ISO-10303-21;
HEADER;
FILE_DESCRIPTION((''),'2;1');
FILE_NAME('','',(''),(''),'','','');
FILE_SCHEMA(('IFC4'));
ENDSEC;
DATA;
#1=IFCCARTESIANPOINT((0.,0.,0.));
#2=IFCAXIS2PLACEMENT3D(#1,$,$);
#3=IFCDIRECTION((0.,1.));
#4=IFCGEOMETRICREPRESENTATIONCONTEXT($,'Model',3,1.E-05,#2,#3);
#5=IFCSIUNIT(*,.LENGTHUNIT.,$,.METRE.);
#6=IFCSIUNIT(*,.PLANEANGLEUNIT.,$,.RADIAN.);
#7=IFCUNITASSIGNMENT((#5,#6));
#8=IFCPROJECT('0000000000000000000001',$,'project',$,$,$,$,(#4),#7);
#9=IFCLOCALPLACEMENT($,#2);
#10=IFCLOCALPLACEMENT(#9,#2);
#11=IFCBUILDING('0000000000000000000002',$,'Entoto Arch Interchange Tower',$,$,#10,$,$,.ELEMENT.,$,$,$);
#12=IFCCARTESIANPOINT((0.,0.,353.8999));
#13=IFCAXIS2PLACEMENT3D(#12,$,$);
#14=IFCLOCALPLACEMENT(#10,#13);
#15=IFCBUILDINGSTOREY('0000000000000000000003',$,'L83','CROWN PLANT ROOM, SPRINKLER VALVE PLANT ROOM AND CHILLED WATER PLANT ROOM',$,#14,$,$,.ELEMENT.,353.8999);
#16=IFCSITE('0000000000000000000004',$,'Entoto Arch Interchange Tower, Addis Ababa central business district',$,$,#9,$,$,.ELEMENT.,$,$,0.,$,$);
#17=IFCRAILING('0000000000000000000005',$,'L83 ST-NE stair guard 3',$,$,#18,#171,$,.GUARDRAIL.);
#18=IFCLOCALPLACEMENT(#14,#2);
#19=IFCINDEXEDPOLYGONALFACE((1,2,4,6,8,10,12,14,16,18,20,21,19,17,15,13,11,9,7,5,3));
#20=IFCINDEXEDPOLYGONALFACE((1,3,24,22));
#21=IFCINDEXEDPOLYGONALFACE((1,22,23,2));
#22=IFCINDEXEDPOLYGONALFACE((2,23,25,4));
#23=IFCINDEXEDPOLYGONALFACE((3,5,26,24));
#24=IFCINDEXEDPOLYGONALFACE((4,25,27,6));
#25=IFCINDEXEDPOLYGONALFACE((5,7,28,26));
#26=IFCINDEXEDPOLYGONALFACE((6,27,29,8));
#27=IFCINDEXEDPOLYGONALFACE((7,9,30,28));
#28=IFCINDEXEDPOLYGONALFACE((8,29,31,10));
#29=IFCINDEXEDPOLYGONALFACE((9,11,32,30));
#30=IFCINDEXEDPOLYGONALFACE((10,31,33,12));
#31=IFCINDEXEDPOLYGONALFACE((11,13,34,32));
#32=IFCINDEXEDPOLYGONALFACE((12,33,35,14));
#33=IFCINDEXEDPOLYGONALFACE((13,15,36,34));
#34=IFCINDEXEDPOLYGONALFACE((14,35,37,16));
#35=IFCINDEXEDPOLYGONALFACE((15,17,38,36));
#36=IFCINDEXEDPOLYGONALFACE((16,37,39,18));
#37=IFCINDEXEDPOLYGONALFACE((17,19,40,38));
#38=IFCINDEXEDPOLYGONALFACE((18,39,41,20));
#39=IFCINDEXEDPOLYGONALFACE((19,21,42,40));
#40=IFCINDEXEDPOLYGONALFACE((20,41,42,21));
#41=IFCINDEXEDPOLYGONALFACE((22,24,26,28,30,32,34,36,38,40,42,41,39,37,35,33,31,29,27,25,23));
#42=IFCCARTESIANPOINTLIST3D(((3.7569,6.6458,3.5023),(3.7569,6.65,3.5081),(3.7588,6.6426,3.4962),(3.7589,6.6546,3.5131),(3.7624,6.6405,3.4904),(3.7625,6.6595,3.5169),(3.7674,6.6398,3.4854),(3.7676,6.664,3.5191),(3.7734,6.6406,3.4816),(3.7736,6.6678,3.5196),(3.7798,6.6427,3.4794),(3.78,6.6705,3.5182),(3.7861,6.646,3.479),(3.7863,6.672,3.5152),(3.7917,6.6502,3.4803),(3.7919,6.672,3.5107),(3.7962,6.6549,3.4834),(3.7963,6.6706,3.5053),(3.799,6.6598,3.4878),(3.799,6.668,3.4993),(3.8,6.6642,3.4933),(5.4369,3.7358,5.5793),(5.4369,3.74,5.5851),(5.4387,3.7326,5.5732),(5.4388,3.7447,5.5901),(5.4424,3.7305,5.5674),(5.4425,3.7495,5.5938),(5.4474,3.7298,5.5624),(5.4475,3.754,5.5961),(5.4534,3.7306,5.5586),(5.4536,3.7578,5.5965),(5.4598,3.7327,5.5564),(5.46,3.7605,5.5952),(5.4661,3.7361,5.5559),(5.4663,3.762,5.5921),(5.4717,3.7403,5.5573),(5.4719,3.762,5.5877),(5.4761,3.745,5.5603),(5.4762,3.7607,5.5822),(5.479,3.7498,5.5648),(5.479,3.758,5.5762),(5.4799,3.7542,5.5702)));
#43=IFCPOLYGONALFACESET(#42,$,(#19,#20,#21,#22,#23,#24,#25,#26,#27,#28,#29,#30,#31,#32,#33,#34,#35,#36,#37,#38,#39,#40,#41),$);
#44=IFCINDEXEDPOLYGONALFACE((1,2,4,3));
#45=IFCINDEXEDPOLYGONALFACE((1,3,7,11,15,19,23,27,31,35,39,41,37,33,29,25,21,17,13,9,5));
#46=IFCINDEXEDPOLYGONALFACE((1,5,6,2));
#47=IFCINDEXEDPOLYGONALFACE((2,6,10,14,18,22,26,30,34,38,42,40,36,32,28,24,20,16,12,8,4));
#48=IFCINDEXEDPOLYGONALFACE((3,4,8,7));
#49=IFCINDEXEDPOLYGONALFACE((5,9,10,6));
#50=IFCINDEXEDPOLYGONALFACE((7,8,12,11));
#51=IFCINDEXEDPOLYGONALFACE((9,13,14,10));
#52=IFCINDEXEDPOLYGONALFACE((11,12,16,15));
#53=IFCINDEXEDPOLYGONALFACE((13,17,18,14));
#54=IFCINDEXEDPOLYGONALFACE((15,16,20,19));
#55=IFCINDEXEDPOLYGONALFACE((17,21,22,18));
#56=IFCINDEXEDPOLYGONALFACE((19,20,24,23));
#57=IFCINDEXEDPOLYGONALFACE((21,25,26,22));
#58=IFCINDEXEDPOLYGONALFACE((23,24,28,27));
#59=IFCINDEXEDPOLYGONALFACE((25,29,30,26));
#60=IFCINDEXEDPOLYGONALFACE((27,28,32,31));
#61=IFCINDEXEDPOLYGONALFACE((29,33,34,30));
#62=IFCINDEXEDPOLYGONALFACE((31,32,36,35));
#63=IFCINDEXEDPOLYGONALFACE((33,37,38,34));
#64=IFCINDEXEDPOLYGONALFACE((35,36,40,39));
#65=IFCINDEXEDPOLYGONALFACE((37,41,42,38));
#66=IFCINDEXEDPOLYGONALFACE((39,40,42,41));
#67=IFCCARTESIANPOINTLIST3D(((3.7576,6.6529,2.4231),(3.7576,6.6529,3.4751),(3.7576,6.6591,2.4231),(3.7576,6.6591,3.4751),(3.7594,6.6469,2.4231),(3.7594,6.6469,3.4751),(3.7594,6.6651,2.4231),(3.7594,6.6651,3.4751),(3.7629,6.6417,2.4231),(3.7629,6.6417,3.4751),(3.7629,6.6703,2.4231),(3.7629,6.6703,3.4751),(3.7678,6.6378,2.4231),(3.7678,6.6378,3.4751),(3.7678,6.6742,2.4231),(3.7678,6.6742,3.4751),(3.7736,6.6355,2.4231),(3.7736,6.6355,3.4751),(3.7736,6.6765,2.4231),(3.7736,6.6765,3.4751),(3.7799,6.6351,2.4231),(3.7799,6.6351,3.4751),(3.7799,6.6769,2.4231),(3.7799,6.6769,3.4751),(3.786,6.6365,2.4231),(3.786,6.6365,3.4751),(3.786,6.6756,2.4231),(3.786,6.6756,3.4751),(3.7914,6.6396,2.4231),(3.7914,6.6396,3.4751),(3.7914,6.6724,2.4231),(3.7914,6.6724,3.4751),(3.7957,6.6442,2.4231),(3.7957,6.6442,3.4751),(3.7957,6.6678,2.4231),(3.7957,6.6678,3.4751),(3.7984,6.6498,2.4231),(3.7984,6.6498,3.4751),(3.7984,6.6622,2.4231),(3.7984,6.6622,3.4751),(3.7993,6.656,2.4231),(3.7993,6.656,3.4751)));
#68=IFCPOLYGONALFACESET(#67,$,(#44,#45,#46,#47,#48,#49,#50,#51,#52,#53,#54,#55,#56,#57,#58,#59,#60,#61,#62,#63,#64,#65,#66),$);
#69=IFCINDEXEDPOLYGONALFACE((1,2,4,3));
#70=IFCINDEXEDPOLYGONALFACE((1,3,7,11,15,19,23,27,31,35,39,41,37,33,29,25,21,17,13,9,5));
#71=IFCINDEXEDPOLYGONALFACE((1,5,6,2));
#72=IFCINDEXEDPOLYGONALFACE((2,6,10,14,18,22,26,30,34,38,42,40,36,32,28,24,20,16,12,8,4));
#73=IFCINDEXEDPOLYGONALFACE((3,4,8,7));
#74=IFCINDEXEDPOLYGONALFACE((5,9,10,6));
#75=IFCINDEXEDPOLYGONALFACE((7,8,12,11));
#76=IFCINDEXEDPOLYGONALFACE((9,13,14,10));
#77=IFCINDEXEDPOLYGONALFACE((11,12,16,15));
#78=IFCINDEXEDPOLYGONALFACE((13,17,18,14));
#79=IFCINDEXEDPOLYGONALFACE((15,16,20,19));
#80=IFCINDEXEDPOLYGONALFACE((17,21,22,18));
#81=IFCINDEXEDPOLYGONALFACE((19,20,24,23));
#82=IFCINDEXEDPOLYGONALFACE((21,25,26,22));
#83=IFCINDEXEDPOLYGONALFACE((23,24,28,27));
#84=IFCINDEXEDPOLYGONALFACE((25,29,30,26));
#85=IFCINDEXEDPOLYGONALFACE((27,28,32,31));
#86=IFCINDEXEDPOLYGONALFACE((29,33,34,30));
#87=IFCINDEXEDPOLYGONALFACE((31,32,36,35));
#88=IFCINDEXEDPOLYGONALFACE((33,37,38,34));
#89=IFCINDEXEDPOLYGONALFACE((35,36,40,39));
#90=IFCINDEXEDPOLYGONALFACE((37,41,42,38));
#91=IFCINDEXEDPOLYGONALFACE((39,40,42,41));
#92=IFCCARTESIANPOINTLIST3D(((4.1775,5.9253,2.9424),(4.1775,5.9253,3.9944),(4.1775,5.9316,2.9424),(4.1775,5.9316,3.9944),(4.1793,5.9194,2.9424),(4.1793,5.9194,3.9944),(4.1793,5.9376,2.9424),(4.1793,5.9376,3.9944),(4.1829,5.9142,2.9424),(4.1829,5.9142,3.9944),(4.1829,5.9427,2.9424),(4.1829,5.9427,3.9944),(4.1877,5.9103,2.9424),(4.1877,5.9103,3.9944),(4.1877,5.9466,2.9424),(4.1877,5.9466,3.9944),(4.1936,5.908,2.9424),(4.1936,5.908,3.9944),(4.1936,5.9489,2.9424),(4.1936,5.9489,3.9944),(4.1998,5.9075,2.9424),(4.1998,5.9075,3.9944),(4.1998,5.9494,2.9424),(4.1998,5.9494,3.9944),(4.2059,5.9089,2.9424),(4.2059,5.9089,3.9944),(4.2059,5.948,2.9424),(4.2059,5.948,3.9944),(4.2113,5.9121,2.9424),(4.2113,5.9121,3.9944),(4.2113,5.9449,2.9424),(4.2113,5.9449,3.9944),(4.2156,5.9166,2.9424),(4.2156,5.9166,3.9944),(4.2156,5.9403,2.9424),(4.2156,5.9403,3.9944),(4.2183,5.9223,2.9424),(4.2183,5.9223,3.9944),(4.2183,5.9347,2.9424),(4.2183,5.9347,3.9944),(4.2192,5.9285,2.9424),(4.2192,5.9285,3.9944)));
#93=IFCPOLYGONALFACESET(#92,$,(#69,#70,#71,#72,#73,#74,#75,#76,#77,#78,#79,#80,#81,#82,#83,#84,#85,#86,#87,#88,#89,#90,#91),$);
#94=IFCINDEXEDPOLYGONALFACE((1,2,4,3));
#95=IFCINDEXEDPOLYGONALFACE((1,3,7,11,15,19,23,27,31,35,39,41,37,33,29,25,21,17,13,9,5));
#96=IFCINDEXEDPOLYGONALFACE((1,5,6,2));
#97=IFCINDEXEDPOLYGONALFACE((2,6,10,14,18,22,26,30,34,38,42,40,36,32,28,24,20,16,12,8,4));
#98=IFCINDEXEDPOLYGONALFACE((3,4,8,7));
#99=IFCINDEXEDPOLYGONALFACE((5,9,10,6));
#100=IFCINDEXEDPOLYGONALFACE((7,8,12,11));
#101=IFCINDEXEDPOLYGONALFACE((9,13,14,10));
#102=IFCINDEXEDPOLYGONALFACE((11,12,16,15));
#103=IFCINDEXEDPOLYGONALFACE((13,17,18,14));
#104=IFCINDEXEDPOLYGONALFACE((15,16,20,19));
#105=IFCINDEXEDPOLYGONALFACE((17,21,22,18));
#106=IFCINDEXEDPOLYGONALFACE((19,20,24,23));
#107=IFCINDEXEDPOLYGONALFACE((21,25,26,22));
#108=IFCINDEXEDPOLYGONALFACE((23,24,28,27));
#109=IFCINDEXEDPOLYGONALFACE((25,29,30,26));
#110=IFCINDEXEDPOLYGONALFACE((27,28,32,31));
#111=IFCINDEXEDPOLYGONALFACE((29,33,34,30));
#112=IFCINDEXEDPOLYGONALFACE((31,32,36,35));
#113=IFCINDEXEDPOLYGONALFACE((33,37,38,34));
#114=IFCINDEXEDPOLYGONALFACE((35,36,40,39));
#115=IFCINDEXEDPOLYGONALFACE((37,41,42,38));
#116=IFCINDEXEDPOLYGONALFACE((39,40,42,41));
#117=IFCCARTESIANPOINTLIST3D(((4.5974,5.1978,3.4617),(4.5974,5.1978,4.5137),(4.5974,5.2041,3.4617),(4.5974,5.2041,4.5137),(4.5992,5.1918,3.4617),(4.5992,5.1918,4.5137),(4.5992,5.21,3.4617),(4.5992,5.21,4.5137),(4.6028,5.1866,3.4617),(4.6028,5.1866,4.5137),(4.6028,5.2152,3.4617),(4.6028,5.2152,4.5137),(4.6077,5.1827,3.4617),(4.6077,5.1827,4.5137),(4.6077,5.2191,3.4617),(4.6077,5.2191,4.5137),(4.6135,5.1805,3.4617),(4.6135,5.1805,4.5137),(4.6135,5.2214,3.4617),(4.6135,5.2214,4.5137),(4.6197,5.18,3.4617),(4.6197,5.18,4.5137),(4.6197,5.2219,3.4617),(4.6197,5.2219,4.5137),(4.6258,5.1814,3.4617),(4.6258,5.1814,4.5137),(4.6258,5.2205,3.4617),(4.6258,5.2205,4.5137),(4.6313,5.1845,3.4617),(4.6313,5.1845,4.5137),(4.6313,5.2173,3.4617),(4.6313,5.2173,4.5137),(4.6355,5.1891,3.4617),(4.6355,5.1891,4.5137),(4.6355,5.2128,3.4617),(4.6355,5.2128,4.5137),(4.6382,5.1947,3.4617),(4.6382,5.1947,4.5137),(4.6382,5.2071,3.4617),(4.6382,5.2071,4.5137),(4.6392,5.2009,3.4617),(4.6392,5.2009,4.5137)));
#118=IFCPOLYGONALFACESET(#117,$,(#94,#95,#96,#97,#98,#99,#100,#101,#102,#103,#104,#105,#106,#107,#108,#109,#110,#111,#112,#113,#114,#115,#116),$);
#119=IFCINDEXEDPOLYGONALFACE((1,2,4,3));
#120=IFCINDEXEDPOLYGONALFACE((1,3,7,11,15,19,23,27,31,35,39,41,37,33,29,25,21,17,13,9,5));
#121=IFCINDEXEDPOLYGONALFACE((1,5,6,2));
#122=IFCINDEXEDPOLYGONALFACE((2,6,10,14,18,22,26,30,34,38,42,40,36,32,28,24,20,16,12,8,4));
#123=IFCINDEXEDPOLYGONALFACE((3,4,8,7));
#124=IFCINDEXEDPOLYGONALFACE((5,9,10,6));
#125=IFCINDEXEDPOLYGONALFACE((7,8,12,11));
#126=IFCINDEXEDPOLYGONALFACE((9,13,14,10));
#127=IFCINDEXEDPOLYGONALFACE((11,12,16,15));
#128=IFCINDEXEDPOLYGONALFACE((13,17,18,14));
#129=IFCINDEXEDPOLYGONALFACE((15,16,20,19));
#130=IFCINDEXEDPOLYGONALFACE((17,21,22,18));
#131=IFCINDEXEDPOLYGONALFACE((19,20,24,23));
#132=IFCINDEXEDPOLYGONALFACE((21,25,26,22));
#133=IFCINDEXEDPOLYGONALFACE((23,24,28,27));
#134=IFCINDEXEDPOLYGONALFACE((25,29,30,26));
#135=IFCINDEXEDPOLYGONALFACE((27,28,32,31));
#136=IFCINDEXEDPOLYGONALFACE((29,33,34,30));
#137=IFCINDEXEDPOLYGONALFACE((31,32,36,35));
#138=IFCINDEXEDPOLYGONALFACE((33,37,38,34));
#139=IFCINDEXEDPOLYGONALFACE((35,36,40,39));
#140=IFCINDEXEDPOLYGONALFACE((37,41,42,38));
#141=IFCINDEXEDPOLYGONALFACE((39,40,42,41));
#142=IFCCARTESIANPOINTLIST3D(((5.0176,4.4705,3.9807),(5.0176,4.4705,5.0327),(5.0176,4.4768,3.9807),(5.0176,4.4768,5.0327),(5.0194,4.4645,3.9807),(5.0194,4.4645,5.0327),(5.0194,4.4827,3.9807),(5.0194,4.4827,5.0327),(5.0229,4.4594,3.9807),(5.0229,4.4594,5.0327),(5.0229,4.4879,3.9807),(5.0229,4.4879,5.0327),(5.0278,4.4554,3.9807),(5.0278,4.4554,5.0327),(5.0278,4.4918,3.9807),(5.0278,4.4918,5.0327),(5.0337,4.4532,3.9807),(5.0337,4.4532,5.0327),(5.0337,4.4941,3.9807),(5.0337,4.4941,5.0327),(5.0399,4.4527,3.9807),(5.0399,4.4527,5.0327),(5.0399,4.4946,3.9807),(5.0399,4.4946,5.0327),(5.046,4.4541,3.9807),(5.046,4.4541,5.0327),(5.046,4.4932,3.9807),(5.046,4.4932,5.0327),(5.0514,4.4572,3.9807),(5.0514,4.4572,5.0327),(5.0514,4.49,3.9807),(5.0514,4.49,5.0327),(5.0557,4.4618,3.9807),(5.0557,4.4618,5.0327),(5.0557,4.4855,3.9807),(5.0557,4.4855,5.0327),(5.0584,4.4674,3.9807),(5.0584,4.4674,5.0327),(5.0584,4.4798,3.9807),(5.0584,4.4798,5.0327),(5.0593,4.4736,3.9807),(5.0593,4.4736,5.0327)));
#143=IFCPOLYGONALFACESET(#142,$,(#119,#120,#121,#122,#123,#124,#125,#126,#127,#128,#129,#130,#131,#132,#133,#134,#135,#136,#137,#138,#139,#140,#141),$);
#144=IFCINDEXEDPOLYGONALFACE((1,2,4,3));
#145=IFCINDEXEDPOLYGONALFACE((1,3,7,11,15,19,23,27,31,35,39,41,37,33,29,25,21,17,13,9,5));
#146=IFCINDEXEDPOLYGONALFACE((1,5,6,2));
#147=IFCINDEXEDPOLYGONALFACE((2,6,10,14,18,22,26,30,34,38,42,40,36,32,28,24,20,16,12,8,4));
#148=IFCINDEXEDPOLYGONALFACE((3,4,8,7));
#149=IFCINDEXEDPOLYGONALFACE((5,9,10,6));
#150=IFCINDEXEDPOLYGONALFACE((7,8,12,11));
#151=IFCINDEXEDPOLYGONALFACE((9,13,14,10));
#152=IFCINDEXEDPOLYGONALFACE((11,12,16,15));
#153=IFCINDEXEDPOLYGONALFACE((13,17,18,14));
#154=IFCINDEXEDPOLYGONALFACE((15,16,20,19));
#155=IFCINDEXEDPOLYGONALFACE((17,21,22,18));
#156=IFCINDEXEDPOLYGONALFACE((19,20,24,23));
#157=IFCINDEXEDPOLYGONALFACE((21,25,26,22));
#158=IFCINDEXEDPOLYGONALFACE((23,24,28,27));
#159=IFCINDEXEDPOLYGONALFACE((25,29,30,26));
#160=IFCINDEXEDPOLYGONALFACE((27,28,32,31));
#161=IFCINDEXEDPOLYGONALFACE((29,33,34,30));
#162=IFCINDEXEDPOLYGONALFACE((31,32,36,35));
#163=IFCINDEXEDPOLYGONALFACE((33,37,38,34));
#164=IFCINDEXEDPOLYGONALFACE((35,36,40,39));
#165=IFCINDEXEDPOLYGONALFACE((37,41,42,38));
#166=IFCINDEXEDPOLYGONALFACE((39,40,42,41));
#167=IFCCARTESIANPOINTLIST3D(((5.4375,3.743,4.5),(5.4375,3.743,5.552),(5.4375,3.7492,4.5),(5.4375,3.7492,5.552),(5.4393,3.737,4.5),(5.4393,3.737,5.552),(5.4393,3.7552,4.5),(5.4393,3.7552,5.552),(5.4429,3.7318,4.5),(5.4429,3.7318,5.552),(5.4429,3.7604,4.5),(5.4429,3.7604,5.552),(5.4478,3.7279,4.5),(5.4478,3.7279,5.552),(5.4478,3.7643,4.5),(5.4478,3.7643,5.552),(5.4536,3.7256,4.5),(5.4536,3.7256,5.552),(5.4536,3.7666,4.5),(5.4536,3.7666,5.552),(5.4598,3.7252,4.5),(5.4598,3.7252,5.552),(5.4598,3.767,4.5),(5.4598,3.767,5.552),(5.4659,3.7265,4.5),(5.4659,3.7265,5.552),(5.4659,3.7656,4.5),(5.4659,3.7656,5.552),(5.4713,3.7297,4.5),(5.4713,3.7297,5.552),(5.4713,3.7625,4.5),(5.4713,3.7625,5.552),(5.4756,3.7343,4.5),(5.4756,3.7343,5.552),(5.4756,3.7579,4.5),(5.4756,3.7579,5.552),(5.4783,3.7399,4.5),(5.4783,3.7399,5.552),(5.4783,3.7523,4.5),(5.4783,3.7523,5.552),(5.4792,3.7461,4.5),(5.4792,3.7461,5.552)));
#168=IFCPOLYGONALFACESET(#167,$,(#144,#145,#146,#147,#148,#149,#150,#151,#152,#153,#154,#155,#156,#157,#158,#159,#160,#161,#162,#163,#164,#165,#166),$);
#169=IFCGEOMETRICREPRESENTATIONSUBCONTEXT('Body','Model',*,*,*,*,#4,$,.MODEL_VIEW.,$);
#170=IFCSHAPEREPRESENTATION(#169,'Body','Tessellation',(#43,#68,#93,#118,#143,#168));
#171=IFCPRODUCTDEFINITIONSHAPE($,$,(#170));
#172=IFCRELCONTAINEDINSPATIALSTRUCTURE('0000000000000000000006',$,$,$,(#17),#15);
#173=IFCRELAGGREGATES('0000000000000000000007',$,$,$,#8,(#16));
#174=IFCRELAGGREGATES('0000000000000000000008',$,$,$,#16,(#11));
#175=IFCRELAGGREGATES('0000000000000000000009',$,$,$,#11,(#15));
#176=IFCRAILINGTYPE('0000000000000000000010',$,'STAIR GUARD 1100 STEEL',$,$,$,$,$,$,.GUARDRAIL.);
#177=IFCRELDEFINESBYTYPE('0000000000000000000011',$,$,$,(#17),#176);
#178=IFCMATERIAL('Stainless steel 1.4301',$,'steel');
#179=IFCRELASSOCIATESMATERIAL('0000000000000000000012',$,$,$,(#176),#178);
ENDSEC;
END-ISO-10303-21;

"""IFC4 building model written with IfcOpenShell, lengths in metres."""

from ifc_helpers import new_model, si_unit, direction, frame, origin, origin_2d, place, context, subcontext, project, spatial, circle, extrude, material, type_object, element, save


model = new_model("IFC4")

# Units and contexts
model_context = context("Model", 3, precision=1e-05, world=origin(), true_north=direction((0.0, 1.0)))
body_context = subcontext(model_context, "Body", "Model", "MODEL_VIEW")
ifc_project = project(units=[si_unit("LENGTHUNIT", "METRE"), si_unit("PLANEANGLEUNIT", "RADIAN")], contexts=[model_context])

# Site, building, storey
site_placement = place(None, origin())
site = spatial("IfcSite", under=ifc_project, at=site_placement, Name="Entoto Arch Interchange Tower, Addis Ababa central business district", CompositionType="ELEMENT", RefElevation=0.0)
building_placement = place(site_placement, origin())
building = spatial("IfcBuilding", under=site, at=building_placement, Name="Entoto Arch Interchange Tower", CompositionType="ELEMENT")
storey_placement = place(building_placement, frame((0.0, 0.0, 353.8999)))
storey = spatial("IfcBuildingStorey", under=building, at=storey_placement, Name="L83", Description="CROWN PLANT ROOM, SPRINKLER VALVE PLANT ROOM AND CHILLED WATER PLANT ROOM", CompositionType="ELEMENT", Elevation=353.8999)

# Railing
ifc_material_1 = material(Name="Stainless steel 1.4301", Category="steel")
railing_type_1 = type_object("IfcRailingType", Name="STAIR GUARD 1100 STEEL", PredefinedType="GUARDRAIL", material=ifc_material_1)
railing_1_placement = place(storey_placement, frame((3.7783, 6.656, 2.4231)))
element("IfcRailing", 1, at=railing_1_placement, inside=storey, type_object=railing_type_1, Name="L83 ST-NE stair guard 3", PredefinedType="GUARDRAIL", context=body_context, shape_type="SweptSolid", body=[
    extrude(circle(Radius=0.0239, at=origin_2d()), frame((0.0, 0.0, 1.0762), z_axis=(0.425288, -0.736668, 0.525785), x_axis=(0.866039, 0.499976, 0.0)), (0.0, 0.0, 1.0), 3.9502),
    extrude(circle(Radius=0.021, at=origin_2d()), origin(), (0.0, 0.0, 1.0), 1.052),
    extrude(circle(Radius=0.021, at=origin_2d()), frame((0.4199, -0.7275, 0.5193)), (0.0, 0.0, 1.0), 1.052),
    extrude(circle(Radius=0.021, at=origin_2d()), frame((0.8398, -1.4551, 1.0386)), (0.0, 0.0, 1.0), 1.052),
    extrude(circle(Radius=0.021, at=origin_2d()), frame((1.26, -2.1824, 1.5576)), (0.0, 0.0, 1.0), 1.052),
    extrude(circle(Radius=0.021, at=origin_2d()), frame((1.6799, -2.9099, 2.0769)), (0.0, 0.0, 1.0), 1.052),
])

save(model, "model.ifc")
